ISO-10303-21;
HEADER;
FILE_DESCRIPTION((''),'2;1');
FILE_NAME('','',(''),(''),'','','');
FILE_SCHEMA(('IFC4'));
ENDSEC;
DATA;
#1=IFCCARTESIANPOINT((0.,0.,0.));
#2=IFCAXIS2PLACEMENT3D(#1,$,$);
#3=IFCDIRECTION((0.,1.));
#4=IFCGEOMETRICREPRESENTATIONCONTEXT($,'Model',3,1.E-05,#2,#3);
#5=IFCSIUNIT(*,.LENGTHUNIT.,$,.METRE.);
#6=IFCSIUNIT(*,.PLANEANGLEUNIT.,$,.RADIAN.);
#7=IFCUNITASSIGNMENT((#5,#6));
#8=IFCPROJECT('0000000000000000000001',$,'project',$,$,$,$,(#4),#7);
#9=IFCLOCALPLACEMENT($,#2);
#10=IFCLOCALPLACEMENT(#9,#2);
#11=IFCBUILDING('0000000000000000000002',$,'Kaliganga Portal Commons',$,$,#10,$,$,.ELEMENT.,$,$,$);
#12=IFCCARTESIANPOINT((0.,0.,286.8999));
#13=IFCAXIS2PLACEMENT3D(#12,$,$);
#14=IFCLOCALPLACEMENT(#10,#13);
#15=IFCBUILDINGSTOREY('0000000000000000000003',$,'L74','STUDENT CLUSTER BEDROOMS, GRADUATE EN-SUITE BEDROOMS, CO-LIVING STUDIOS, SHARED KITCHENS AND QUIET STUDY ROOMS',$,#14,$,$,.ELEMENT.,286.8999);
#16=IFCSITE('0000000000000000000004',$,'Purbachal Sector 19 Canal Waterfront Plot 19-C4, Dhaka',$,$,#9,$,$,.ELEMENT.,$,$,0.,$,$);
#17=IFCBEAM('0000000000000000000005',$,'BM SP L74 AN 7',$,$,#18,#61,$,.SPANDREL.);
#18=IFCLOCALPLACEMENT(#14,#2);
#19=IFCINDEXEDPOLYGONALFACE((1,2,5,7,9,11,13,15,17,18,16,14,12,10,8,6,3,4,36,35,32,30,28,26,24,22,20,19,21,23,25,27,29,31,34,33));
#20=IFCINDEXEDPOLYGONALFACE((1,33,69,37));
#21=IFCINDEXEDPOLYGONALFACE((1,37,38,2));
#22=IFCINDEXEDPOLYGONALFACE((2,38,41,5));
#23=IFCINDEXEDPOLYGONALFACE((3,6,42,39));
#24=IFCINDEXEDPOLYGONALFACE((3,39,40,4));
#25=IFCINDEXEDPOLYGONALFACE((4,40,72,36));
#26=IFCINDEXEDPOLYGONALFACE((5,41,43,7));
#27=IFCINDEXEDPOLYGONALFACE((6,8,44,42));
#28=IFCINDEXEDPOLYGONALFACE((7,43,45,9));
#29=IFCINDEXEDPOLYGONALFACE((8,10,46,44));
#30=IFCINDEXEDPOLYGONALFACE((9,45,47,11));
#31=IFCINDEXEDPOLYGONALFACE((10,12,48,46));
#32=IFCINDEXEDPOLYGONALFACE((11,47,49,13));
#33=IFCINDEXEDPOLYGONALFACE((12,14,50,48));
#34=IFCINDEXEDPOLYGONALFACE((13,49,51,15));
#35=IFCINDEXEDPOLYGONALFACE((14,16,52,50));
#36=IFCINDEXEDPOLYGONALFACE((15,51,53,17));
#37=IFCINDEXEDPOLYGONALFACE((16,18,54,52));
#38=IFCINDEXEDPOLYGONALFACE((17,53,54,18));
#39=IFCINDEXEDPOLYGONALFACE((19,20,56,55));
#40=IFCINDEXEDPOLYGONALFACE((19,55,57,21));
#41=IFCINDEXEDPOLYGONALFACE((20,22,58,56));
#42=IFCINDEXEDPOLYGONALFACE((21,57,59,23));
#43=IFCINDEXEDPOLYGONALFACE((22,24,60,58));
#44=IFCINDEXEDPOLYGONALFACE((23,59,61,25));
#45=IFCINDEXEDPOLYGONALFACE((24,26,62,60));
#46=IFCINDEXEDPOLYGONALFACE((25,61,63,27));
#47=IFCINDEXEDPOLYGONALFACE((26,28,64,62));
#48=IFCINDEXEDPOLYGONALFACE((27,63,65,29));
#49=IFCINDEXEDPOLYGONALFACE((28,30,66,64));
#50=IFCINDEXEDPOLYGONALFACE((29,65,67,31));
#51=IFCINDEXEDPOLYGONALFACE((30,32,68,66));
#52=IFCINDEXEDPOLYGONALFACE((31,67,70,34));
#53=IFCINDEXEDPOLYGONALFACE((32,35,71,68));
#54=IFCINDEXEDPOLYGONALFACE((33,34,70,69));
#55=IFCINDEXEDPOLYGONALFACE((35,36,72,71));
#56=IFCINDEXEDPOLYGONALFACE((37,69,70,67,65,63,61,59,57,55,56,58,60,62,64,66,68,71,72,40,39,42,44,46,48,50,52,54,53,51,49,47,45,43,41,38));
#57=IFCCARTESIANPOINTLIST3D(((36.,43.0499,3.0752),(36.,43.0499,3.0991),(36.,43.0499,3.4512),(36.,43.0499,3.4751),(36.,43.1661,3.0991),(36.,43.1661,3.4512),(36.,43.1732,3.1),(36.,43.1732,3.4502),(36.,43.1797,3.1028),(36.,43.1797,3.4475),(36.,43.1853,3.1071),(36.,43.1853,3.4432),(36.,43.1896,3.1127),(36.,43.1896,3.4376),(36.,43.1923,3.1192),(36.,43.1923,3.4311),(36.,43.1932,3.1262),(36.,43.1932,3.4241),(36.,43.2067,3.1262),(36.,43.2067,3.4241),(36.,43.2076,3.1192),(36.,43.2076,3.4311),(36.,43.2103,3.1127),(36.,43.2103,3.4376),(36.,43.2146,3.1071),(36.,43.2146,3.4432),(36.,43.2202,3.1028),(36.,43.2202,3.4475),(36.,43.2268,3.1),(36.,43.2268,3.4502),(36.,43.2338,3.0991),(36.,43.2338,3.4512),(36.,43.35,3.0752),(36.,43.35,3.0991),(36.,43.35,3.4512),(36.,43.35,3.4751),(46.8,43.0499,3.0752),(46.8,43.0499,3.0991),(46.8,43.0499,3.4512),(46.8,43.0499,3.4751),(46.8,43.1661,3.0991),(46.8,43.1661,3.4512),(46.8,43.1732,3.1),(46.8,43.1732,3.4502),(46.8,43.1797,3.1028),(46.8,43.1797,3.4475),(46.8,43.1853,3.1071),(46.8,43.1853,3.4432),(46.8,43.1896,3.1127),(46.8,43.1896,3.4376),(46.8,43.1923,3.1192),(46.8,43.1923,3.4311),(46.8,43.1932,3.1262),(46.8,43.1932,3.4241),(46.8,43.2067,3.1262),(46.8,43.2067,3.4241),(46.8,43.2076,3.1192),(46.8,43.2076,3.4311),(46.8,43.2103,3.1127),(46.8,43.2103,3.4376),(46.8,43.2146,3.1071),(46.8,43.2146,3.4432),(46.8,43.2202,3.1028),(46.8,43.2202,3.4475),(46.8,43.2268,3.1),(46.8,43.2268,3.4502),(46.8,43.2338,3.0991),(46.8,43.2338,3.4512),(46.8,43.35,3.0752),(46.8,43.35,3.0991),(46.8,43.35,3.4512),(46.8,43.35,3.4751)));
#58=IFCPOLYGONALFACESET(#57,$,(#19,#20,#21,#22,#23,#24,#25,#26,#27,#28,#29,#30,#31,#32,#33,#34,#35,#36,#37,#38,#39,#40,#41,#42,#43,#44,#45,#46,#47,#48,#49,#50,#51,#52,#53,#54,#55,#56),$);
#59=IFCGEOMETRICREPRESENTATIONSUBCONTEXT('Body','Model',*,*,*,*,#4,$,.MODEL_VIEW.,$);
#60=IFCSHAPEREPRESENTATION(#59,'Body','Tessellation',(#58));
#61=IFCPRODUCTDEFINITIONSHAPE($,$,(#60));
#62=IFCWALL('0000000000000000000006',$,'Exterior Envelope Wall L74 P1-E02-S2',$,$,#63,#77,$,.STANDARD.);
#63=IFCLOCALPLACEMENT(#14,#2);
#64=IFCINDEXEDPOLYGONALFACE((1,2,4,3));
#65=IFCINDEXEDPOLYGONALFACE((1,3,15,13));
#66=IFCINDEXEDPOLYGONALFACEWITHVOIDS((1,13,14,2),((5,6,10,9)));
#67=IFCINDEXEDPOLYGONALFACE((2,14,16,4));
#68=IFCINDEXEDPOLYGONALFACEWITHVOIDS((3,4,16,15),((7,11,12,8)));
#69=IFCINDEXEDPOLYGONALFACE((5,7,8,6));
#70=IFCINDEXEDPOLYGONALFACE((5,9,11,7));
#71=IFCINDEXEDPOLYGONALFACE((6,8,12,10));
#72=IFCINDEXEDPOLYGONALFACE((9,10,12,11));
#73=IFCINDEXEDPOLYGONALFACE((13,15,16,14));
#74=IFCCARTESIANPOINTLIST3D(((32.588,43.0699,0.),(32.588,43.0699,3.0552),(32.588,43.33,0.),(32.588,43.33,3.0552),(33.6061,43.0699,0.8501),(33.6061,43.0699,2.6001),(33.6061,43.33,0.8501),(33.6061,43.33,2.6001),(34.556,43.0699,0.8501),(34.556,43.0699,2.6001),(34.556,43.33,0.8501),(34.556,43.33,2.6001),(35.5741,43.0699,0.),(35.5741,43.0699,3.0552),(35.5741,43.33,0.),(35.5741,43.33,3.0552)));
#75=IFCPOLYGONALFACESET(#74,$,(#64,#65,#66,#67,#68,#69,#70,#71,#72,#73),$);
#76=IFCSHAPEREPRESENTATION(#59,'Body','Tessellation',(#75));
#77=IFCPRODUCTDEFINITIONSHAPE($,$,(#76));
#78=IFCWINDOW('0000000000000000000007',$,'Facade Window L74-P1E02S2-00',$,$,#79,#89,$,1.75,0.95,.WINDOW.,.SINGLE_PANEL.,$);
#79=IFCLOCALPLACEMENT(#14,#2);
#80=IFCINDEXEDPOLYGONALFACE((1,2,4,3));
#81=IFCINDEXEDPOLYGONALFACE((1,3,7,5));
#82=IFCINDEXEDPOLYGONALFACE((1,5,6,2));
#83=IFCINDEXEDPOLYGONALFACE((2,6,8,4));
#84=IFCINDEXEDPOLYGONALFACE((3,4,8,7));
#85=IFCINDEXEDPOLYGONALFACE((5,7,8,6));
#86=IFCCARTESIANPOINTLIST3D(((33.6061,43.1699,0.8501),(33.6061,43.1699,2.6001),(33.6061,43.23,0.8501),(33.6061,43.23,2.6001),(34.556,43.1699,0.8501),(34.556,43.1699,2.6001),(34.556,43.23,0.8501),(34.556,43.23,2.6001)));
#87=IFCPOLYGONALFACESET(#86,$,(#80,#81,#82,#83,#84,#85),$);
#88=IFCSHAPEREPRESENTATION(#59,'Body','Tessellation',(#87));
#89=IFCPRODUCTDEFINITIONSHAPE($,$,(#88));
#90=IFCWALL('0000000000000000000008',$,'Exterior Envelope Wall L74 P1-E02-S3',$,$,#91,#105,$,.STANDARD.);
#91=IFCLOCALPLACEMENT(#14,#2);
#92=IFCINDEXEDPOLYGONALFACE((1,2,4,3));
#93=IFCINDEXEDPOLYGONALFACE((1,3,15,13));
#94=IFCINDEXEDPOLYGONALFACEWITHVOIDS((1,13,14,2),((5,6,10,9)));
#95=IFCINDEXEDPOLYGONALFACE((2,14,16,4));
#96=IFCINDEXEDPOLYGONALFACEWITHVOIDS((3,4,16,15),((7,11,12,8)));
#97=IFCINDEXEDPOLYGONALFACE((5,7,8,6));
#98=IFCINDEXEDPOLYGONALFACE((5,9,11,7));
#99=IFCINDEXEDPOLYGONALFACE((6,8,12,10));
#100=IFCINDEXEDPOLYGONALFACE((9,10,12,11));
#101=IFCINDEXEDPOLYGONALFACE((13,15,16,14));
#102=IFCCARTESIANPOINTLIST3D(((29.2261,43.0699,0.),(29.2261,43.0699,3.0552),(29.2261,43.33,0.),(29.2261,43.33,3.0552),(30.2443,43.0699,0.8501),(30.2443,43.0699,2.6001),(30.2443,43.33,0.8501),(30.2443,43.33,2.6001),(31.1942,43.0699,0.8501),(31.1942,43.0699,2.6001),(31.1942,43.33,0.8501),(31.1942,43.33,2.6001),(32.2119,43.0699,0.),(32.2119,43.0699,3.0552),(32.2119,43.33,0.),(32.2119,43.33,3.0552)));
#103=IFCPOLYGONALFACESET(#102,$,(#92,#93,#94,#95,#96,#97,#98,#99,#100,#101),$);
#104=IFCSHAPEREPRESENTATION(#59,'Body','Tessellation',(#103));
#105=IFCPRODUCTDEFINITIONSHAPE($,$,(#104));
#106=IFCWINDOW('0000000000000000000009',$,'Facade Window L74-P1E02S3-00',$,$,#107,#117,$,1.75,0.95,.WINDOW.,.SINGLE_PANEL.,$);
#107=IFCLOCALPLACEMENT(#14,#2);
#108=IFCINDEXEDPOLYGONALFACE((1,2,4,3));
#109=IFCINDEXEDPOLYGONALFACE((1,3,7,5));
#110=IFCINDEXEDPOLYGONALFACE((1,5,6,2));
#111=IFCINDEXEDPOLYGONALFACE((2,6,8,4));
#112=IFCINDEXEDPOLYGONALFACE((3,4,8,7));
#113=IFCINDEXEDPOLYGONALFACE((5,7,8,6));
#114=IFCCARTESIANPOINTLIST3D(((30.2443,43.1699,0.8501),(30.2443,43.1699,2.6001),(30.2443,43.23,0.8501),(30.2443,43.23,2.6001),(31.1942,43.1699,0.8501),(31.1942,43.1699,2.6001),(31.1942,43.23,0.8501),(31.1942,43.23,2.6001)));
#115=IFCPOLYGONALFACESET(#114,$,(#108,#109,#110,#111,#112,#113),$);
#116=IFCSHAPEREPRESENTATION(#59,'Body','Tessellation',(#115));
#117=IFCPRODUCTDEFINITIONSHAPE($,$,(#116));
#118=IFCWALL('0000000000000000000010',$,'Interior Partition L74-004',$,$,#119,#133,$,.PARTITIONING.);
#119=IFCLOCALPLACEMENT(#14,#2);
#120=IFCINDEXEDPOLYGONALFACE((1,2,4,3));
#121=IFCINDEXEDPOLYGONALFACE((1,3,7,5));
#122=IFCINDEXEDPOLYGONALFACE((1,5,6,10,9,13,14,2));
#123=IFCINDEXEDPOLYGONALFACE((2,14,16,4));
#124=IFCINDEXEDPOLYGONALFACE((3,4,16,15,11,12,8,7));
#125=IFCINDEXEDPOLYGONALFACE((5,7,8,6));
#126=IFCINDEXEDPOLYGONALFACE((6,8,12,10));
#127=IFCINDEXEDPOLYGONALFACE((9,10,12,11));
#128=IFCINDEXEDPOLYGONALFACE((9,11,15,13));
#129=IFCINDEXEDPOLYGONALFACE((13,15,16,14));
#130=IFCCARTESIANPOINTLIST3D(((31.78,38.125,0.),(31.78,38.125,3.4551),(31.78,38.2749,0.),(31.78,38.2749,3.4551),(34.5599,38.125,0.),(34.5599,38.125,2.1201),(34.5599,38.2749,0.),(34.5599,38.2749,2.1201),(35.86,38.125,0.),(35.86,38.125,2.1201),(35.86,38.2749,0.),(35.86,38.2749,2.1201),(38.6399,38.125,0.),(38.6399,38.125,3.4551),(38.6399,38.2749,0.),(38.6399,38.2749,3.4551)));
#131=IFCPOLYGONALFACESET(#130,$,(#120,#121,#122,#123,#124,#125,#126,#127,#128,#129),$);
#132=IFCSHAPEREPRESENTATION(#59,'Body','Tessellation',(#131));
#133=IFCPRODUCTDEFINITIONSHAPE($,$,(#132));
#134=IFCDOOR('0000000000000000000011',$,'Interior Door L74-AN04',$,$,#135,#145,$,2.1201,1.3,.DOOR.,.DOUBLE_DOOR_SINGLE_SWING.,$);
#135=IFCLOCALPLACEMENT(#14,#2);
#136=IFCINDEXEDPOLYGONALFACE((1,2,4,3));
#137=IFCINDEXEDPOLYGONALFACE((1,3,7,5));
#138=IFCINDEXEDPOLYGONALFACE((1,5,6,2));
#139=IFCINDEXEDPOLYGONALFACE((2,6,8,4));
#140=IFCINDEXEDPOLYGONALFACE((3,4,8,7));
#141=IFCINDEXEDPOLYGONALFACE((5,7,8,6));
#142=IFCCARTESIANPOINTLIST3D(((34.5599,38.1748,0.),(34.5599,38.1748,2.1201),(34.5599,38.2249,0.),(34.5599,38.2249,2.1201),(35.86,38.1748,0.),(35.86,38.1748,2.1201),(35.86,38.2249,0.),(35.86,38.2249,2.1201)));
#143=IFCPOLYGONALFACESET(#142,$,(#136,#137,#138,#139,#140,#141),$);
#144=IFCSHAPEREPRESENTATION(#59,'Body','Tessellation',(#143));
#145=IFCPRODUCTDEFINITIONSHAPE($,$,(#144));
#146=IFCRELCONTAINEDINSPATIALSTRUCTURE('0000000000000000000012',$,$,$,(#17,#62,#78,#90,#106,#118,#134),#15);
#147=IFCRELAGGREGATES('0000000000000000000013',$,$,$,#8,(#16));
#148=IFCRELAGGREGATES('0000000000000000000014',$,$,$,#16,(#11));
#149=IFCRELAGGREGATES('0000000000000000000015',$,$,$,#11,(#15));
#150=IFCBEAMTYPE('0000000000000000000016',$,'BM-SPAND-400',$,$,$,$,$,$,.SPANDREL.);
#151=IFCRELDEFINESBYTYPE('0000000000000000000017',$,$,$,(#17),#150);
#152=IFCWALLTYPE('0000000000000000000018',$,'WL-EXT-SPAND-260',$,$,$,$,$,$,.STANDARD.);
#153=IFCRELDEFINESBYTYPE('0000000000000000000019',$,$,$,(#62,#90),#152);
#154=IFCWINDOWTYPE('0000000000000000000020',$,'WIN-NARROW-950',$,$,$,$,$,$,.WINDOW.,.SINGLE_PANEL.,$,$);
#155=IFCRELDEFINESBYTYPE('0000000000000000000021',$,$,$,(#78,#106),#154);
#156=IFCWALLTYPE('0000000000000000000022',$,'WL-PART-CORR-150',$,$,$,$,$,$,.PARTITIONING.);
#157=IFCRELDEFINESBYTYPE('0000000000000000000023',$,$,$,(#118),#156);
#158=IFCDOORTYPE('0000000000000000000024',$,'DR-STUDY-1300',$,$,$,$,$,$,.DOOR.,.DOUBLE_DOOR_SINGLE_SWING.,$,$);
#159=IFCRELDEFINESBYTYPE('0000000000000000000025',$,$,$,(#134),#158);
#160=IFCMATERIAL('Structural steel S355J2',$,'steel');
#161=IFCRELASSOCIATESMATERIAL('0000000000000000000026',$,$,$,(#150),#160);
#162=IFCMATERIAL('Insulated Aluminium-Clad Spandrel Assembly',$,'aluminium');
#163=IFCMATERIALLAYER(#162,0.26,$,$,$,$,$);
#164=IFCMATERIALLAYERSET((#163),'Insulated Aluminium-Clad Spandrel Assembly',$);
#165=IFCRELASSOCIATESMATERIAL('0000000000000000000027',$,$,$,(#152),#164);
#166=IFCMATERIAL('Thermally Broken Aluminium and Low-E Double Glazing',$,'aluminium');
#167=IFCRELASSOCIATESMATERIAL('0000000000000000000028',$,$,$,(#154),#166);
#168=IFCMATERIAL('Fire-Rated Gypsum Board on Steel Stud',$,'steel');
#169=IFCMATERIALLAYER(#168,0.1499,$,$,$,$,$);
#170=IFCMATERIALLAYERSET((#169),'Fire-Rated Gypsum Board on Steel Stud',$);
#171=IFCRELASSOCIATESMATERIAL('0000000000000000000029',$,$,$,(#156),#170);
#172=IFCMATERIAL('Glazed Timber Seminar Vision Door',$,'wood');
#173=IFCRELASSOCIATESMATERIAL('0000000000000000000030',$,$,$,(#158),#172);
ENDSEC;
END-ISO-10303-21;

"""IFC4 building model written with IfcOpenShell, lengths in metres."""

from ifc_helpers import new_model, si_unit, direction, frame, frame_2d, origin, origin_2d, place, context, subcontext, project, spatial, rectangle, i_section, extrude, source, transform, mapped, material, layer, layer_set, material_profile, profile_set, type_object, element, fill, save


model = new_model("IFC4")

# Units and contexts
model_context = context("Model", 3, precision=1e-05, world=origin(), true_north=direction((0.0, 1.0)))
body_context = subcontext(model_context, "Body", "Model", "MODEL_VIEW")
ifc_project = project(units=[si_unit("LENGTHUNIT", "METRE"), si_unit("PLANEANGLEUNIT", "RADIAN")], contexts=[model_context])

# Site, building, storey
site_placement = place(None, origin())
site = spatial("IfcSite", under=ifc_project, at=site_placement, Name="Purbachal Sector 19 Canal Waterfront Plot 19-C4, Dhaka", CompositionType="ELEMENT", RefElevation=0.0)
building_placement = place(site_placement, origin())
building = spatial("IfcBuilding", under=site, at=building_placement, Name="Kaliganga Portal Commons", CompositionType="ELEMENT")
storey_placement = place(building_placement, frame((0.0, 0.0, 286.8999)))
storey = spatial("IfcBuildingStorey", under=building, at=storey_placement, Name="L74", Description="STUDENT CLUSTER BEDROOMS, GRADUATE EN-SUITE BEDROOMS, CO-LIVING STUDIOS, SHARED KITCHENS AND QUIET STUDY ROOMS", CompositionType="ELEMENT", Elevation=286.8999)

# Shared definitions
ifc_material_1 = material(Name="Structural steel S355J2", Category="steel")

# Beam
ifc_material_profile_1 = material_profile(ifc_material_1, i_section(OverallWidth=0.3, OverallDepth=0.3999, WebThickness=0.0134, FlangeThickness=0.0239, FilletRadius=0.0271, at=origin_2d()), Name="HE 400 B")
ifc_profile_set_1 = profile_set([ifc_material_profile_1], Name="Structural steel S355J2 wide-flange")
beam_type = type_object("IfcBeamType", Name="BM-SPAND-400", PredefinedType="SPANDREL", material=ifc_profile_set_1)
shared_shape_1 = source(origin(), body_context, "Body", "SweptSolid", [
    extrude(i_section(OverallWidth=0.3, OverallDepth=0.3999, WebThickness=0.0134, FlangeThickness=0.0239, FilletRadius=0.0271, at=origin_2d()), origin(), (0.0, 0.0, 1.0), 10.8),
])
beam_1_placement = place(storey_placement, frame((36.0, 43.2, 3.2751), z_axis=(1.0, 0.0, 0.0), x_axis=(0.0, 1.0, 0.0)))
element("IfcBeam", 1, at=beam_1_placement, inside=storey, type_object=beam_type, Name="BM SP L74 AN 7", PredefinedType="SPANDREL", context=body_context, shape_type="MappedRepresentation", body=[
    mapped(shared_shape_1, transform((0.0, 0.0, 0.0), x_axis=(1.0, 0.0, 0.0), y_axis=(0.0, 1.0, 0.0), z_axis=(0.0, 0.0, 1.0), scale=1.0)),
])

# Shared definitions
ifc_material_2 = material(Name="Insulated Aluminium-Clad Spandrel Assembly", Category="aluminium")
ifc_layer_1 = layer(ifc_material_2, 0.26)
ifc_layer_set_1 = layer_set([ifc_layer_1], Name="Insulated Aluminium-Clad Spandrel Assembly")
wall_type_1 = type_object("IfcWallType", Name="WL-EXT-SPAND-260", PredefinedType="STANDARD", material=ifc_layer_set_1)

# Walls, openings, windows
wall_1_placement = place(storey_placement, frame((32.5879, 43.2, 0.0), z_axis=(0.0, 0.0, 1.0), x_axis=(1.0, 0.0, 0.0)))
wall_1 = element("IfcWall", 2, at=wall_1_placement, inside=storey, type_object=wall_type_1, Name="Exterior Envelope Wall L74 P1-E02-S2", PredefinedType="STANDARD", context=body_context, shape_type="SweptSolid", body=[
    extrude(rectangle(XDim=2.9861, YDim=0.26, at=frame_2d((1.4932, 0.0))), origin(), (0.0, 0.0, 1.0), 3.0552),
])
opening_1_placement = place(wall_1_placement, frame((1.0181, 0.0, 0.8501)))
opening_1 = element("IfcOpeningElement", 3, at=opening_1_placement, cuts=wall_1, PredefinedType="OPENING", context=body_context, shape_type="SweptSolid", body=[
    extrude(rectangle(XDim=0.95, YDim=1.75, at=frame_2d((0.4751, 0.875))), frame((0.0, 0.1401, 0.0), z_axis=(0.0, -1.0, 0.0), x_axis=(1.0, 0.0, 0.0)), (0.0, 0.0, 1.0), 0.28),
])
ifc_material_3 = material(Name="Thermally Broken Aluminium and Low-E Double Glazing", Category="aluminium")
window_type = type_object("IfcWindowType", Name="WIN-NARROW-950", PartitioningType="SINGLE_PANEL", PredefinedType="WINDOW", material=ifc_material_3)
window_1_placement = place(opening_1_placement, origin())
window_1 = element("IfcWindow", 4, at=window_1_placement, inside=storey, type_object=window_type, Name="Facade Window L74-P1E02S2-00", OverallHeight=1.75, OverallWidth=0.95, PartitioningType="SINGLE_PANEL", PredefinedType="WINDOW", context=body_context, shape_type="SweptSolid", body=[
    extrude(rectangle(XDim=0.95, YDim=1.75, at=frame_2d((0.4751, 0.875))), frame((0.0, 0.03, 0.0), z_axis=(0.0, -1.0, 0.0), x_axis=(1.0, 0.0, 0.0)), (0.0, 0.0, 1.0), 0.0601),
])
fill(opening_1, window_1)
wall_2_placement = place(storey_placement, frame((29.2261, 43.2, 0.0), z_axis=(0.0, 0.0, 1.0), x_axis=(1.0, 0.0, 0.0)))
wall_2 = element("IfcWall", 5, at=wall_2_placement, inside=storey, type_object=wall_type_1, Name="Exterior Envelope Wall L74 P1-E02-S3", PredefinedType="STANDARD", context=body_context, shape_type="SweptSolid", body=[
    extrude(rectangle(XDim=2.9858, YDim=0.26, at=frame_2d((1.4929, 0.0))), origin(), (0.0, 0.0, 1.0), 3.0552),
])
opening_2_placement = place(wall_2_placement, frame((1.0181, 0.0, 0.8501)))
opening_2 = element("IfcOpeningElement", 6, at=opening_2_placement, cuts=wall_2, PredefinedType="OPENING", context=body_context, shape_type="SweptSolid", body=[
    extrude(rectangle(XDim=0.95, YDim=1.75, at=frame_2d((0.4751, 0.875))), frame((0.0, 0.1401, 0.0), z_axis=(0.0, -1.0, 0.0), x_axis=(1.0, 0.0, 0.0)), (0.0, 0.0, 1.0), 0.28),
])
window_2_placement = place(opening_2_placement, origin())
window_2 = element("IfcWindow", 7, at=window_2_placement, inside=storey, type_object=window_type, Name="Facade Window L74-P1E02S3-00", OverallHeight=1.75, OverallWidth=0.95, PartitioningType="SINGLE_PANEL", PredefinedType="WINDOW", context=body_context, shape_type="SweptSolid", body=[
    extrude(rectangle(XDim=0.95, YDim=1.75, at=frame_2d((0.4751, 0.875))), frame((0.0, 0.03, 0.0), z_axis=(0.0, -1.0, 0.0), x_axis=(1.0, 0.0, 0.0)), (0.0, 0.0, 1.0), 0.0601),
])
fill(opening_2, window_2)

# Wall, opening, door
ifc_material_4 = material(Name="Fire-Rated Gypsum Board on Steel Stud", Category="steel")
ifc_layer_2 = layer(ifc_material_4, 0.1499)
ifc_layer_set_2 = layer_set([ifc_layer_2], Name="Fire-Rated Gypsum Board on Steel Stud")
wall_type_2 = type_object("IfcWallType", Name="WL-PART-CORR-150", PredefinedType="PARTITIONING", material=ifc_layer_set_2)
wall_3_placement = place(storey_placement, frame((31.78, 38.2, 0.0), z_axis=(0.0, 0.0, 1.0), x_axis=(1.0, 0.0, 0.0)))
wall_3 = element("IfcWall", 8, at=wall_3_placement, inside=storey, type_object=wall_type_2, Name="Interior Partition L74-004", PredefinedType="PARTITIONING", context=body_context, shape_type="SweptSolid", body=[
    extrude(rectangle(XDim=6.8599, YDim=0.1499, at=frame_2d((3.4299, 0.0))), origin(), (0.0, 0.0, 1.0), 3.4551),
])
opening_3_placement = place(wall_3_placement, frame((2.78, 0.0, 0.0)))
opening_3 = element("IfcOpeningElement", 9, at=opening_3_placement, cuts=wall_3, PredefinedType="OPENING", context=body_context, shape_type="SweptSolid", body=[
    extrude(rectangle(XDim=1.3, YDim=2.1201, at=frame_2d((0.6499, 1.0601))), frame((0.0, 0.085, 0.0), z_axis=(0.0, -1.0, 0.0), x_axis=(1.0, 0.0, 0.0)), (0.0, 0.0, 1.0), 0.1699),
])
ifc_material_5 = material(Name="Glazed Timber Seminar Vision Door", Category="wood")
door_type_1 = type_object("IfcDoorType", Name="DR-STUDY-1300", OperationType="DOUBLE_DOOR_SINGLE_SWING", PredefinedType="DOOR", material=ifc_material_5)
door_1_placement = place(opening_3_placement, origin())
door_1 = element("IfcDoor", 10, at=door_1_placement, inside=storey, type_object=door_type_1, Name="Interior Door L74-AN04", OperationType="DOUBLE_DOOR_SINGLE_SWING", OverallHeight=2.1201, OverallWidth=1.3, PredefinedType="DOOR", context=body_context, shape_type="SweptSolid", body=[
    extrude(rectangle(XDim=1.3, YDim=2.1201, at=frame_2d((0.6499, 1.0601))), frame((0.0, 0.0249, 0.0), z_axis=(0.0, -1.0, 0.0), x_axis=(1.0, 0.0, 0.0)), (0.0, 0.0, 1.0), 0.05),
])
fill(opening_3, door_1)

save(model, "model.ifc")
